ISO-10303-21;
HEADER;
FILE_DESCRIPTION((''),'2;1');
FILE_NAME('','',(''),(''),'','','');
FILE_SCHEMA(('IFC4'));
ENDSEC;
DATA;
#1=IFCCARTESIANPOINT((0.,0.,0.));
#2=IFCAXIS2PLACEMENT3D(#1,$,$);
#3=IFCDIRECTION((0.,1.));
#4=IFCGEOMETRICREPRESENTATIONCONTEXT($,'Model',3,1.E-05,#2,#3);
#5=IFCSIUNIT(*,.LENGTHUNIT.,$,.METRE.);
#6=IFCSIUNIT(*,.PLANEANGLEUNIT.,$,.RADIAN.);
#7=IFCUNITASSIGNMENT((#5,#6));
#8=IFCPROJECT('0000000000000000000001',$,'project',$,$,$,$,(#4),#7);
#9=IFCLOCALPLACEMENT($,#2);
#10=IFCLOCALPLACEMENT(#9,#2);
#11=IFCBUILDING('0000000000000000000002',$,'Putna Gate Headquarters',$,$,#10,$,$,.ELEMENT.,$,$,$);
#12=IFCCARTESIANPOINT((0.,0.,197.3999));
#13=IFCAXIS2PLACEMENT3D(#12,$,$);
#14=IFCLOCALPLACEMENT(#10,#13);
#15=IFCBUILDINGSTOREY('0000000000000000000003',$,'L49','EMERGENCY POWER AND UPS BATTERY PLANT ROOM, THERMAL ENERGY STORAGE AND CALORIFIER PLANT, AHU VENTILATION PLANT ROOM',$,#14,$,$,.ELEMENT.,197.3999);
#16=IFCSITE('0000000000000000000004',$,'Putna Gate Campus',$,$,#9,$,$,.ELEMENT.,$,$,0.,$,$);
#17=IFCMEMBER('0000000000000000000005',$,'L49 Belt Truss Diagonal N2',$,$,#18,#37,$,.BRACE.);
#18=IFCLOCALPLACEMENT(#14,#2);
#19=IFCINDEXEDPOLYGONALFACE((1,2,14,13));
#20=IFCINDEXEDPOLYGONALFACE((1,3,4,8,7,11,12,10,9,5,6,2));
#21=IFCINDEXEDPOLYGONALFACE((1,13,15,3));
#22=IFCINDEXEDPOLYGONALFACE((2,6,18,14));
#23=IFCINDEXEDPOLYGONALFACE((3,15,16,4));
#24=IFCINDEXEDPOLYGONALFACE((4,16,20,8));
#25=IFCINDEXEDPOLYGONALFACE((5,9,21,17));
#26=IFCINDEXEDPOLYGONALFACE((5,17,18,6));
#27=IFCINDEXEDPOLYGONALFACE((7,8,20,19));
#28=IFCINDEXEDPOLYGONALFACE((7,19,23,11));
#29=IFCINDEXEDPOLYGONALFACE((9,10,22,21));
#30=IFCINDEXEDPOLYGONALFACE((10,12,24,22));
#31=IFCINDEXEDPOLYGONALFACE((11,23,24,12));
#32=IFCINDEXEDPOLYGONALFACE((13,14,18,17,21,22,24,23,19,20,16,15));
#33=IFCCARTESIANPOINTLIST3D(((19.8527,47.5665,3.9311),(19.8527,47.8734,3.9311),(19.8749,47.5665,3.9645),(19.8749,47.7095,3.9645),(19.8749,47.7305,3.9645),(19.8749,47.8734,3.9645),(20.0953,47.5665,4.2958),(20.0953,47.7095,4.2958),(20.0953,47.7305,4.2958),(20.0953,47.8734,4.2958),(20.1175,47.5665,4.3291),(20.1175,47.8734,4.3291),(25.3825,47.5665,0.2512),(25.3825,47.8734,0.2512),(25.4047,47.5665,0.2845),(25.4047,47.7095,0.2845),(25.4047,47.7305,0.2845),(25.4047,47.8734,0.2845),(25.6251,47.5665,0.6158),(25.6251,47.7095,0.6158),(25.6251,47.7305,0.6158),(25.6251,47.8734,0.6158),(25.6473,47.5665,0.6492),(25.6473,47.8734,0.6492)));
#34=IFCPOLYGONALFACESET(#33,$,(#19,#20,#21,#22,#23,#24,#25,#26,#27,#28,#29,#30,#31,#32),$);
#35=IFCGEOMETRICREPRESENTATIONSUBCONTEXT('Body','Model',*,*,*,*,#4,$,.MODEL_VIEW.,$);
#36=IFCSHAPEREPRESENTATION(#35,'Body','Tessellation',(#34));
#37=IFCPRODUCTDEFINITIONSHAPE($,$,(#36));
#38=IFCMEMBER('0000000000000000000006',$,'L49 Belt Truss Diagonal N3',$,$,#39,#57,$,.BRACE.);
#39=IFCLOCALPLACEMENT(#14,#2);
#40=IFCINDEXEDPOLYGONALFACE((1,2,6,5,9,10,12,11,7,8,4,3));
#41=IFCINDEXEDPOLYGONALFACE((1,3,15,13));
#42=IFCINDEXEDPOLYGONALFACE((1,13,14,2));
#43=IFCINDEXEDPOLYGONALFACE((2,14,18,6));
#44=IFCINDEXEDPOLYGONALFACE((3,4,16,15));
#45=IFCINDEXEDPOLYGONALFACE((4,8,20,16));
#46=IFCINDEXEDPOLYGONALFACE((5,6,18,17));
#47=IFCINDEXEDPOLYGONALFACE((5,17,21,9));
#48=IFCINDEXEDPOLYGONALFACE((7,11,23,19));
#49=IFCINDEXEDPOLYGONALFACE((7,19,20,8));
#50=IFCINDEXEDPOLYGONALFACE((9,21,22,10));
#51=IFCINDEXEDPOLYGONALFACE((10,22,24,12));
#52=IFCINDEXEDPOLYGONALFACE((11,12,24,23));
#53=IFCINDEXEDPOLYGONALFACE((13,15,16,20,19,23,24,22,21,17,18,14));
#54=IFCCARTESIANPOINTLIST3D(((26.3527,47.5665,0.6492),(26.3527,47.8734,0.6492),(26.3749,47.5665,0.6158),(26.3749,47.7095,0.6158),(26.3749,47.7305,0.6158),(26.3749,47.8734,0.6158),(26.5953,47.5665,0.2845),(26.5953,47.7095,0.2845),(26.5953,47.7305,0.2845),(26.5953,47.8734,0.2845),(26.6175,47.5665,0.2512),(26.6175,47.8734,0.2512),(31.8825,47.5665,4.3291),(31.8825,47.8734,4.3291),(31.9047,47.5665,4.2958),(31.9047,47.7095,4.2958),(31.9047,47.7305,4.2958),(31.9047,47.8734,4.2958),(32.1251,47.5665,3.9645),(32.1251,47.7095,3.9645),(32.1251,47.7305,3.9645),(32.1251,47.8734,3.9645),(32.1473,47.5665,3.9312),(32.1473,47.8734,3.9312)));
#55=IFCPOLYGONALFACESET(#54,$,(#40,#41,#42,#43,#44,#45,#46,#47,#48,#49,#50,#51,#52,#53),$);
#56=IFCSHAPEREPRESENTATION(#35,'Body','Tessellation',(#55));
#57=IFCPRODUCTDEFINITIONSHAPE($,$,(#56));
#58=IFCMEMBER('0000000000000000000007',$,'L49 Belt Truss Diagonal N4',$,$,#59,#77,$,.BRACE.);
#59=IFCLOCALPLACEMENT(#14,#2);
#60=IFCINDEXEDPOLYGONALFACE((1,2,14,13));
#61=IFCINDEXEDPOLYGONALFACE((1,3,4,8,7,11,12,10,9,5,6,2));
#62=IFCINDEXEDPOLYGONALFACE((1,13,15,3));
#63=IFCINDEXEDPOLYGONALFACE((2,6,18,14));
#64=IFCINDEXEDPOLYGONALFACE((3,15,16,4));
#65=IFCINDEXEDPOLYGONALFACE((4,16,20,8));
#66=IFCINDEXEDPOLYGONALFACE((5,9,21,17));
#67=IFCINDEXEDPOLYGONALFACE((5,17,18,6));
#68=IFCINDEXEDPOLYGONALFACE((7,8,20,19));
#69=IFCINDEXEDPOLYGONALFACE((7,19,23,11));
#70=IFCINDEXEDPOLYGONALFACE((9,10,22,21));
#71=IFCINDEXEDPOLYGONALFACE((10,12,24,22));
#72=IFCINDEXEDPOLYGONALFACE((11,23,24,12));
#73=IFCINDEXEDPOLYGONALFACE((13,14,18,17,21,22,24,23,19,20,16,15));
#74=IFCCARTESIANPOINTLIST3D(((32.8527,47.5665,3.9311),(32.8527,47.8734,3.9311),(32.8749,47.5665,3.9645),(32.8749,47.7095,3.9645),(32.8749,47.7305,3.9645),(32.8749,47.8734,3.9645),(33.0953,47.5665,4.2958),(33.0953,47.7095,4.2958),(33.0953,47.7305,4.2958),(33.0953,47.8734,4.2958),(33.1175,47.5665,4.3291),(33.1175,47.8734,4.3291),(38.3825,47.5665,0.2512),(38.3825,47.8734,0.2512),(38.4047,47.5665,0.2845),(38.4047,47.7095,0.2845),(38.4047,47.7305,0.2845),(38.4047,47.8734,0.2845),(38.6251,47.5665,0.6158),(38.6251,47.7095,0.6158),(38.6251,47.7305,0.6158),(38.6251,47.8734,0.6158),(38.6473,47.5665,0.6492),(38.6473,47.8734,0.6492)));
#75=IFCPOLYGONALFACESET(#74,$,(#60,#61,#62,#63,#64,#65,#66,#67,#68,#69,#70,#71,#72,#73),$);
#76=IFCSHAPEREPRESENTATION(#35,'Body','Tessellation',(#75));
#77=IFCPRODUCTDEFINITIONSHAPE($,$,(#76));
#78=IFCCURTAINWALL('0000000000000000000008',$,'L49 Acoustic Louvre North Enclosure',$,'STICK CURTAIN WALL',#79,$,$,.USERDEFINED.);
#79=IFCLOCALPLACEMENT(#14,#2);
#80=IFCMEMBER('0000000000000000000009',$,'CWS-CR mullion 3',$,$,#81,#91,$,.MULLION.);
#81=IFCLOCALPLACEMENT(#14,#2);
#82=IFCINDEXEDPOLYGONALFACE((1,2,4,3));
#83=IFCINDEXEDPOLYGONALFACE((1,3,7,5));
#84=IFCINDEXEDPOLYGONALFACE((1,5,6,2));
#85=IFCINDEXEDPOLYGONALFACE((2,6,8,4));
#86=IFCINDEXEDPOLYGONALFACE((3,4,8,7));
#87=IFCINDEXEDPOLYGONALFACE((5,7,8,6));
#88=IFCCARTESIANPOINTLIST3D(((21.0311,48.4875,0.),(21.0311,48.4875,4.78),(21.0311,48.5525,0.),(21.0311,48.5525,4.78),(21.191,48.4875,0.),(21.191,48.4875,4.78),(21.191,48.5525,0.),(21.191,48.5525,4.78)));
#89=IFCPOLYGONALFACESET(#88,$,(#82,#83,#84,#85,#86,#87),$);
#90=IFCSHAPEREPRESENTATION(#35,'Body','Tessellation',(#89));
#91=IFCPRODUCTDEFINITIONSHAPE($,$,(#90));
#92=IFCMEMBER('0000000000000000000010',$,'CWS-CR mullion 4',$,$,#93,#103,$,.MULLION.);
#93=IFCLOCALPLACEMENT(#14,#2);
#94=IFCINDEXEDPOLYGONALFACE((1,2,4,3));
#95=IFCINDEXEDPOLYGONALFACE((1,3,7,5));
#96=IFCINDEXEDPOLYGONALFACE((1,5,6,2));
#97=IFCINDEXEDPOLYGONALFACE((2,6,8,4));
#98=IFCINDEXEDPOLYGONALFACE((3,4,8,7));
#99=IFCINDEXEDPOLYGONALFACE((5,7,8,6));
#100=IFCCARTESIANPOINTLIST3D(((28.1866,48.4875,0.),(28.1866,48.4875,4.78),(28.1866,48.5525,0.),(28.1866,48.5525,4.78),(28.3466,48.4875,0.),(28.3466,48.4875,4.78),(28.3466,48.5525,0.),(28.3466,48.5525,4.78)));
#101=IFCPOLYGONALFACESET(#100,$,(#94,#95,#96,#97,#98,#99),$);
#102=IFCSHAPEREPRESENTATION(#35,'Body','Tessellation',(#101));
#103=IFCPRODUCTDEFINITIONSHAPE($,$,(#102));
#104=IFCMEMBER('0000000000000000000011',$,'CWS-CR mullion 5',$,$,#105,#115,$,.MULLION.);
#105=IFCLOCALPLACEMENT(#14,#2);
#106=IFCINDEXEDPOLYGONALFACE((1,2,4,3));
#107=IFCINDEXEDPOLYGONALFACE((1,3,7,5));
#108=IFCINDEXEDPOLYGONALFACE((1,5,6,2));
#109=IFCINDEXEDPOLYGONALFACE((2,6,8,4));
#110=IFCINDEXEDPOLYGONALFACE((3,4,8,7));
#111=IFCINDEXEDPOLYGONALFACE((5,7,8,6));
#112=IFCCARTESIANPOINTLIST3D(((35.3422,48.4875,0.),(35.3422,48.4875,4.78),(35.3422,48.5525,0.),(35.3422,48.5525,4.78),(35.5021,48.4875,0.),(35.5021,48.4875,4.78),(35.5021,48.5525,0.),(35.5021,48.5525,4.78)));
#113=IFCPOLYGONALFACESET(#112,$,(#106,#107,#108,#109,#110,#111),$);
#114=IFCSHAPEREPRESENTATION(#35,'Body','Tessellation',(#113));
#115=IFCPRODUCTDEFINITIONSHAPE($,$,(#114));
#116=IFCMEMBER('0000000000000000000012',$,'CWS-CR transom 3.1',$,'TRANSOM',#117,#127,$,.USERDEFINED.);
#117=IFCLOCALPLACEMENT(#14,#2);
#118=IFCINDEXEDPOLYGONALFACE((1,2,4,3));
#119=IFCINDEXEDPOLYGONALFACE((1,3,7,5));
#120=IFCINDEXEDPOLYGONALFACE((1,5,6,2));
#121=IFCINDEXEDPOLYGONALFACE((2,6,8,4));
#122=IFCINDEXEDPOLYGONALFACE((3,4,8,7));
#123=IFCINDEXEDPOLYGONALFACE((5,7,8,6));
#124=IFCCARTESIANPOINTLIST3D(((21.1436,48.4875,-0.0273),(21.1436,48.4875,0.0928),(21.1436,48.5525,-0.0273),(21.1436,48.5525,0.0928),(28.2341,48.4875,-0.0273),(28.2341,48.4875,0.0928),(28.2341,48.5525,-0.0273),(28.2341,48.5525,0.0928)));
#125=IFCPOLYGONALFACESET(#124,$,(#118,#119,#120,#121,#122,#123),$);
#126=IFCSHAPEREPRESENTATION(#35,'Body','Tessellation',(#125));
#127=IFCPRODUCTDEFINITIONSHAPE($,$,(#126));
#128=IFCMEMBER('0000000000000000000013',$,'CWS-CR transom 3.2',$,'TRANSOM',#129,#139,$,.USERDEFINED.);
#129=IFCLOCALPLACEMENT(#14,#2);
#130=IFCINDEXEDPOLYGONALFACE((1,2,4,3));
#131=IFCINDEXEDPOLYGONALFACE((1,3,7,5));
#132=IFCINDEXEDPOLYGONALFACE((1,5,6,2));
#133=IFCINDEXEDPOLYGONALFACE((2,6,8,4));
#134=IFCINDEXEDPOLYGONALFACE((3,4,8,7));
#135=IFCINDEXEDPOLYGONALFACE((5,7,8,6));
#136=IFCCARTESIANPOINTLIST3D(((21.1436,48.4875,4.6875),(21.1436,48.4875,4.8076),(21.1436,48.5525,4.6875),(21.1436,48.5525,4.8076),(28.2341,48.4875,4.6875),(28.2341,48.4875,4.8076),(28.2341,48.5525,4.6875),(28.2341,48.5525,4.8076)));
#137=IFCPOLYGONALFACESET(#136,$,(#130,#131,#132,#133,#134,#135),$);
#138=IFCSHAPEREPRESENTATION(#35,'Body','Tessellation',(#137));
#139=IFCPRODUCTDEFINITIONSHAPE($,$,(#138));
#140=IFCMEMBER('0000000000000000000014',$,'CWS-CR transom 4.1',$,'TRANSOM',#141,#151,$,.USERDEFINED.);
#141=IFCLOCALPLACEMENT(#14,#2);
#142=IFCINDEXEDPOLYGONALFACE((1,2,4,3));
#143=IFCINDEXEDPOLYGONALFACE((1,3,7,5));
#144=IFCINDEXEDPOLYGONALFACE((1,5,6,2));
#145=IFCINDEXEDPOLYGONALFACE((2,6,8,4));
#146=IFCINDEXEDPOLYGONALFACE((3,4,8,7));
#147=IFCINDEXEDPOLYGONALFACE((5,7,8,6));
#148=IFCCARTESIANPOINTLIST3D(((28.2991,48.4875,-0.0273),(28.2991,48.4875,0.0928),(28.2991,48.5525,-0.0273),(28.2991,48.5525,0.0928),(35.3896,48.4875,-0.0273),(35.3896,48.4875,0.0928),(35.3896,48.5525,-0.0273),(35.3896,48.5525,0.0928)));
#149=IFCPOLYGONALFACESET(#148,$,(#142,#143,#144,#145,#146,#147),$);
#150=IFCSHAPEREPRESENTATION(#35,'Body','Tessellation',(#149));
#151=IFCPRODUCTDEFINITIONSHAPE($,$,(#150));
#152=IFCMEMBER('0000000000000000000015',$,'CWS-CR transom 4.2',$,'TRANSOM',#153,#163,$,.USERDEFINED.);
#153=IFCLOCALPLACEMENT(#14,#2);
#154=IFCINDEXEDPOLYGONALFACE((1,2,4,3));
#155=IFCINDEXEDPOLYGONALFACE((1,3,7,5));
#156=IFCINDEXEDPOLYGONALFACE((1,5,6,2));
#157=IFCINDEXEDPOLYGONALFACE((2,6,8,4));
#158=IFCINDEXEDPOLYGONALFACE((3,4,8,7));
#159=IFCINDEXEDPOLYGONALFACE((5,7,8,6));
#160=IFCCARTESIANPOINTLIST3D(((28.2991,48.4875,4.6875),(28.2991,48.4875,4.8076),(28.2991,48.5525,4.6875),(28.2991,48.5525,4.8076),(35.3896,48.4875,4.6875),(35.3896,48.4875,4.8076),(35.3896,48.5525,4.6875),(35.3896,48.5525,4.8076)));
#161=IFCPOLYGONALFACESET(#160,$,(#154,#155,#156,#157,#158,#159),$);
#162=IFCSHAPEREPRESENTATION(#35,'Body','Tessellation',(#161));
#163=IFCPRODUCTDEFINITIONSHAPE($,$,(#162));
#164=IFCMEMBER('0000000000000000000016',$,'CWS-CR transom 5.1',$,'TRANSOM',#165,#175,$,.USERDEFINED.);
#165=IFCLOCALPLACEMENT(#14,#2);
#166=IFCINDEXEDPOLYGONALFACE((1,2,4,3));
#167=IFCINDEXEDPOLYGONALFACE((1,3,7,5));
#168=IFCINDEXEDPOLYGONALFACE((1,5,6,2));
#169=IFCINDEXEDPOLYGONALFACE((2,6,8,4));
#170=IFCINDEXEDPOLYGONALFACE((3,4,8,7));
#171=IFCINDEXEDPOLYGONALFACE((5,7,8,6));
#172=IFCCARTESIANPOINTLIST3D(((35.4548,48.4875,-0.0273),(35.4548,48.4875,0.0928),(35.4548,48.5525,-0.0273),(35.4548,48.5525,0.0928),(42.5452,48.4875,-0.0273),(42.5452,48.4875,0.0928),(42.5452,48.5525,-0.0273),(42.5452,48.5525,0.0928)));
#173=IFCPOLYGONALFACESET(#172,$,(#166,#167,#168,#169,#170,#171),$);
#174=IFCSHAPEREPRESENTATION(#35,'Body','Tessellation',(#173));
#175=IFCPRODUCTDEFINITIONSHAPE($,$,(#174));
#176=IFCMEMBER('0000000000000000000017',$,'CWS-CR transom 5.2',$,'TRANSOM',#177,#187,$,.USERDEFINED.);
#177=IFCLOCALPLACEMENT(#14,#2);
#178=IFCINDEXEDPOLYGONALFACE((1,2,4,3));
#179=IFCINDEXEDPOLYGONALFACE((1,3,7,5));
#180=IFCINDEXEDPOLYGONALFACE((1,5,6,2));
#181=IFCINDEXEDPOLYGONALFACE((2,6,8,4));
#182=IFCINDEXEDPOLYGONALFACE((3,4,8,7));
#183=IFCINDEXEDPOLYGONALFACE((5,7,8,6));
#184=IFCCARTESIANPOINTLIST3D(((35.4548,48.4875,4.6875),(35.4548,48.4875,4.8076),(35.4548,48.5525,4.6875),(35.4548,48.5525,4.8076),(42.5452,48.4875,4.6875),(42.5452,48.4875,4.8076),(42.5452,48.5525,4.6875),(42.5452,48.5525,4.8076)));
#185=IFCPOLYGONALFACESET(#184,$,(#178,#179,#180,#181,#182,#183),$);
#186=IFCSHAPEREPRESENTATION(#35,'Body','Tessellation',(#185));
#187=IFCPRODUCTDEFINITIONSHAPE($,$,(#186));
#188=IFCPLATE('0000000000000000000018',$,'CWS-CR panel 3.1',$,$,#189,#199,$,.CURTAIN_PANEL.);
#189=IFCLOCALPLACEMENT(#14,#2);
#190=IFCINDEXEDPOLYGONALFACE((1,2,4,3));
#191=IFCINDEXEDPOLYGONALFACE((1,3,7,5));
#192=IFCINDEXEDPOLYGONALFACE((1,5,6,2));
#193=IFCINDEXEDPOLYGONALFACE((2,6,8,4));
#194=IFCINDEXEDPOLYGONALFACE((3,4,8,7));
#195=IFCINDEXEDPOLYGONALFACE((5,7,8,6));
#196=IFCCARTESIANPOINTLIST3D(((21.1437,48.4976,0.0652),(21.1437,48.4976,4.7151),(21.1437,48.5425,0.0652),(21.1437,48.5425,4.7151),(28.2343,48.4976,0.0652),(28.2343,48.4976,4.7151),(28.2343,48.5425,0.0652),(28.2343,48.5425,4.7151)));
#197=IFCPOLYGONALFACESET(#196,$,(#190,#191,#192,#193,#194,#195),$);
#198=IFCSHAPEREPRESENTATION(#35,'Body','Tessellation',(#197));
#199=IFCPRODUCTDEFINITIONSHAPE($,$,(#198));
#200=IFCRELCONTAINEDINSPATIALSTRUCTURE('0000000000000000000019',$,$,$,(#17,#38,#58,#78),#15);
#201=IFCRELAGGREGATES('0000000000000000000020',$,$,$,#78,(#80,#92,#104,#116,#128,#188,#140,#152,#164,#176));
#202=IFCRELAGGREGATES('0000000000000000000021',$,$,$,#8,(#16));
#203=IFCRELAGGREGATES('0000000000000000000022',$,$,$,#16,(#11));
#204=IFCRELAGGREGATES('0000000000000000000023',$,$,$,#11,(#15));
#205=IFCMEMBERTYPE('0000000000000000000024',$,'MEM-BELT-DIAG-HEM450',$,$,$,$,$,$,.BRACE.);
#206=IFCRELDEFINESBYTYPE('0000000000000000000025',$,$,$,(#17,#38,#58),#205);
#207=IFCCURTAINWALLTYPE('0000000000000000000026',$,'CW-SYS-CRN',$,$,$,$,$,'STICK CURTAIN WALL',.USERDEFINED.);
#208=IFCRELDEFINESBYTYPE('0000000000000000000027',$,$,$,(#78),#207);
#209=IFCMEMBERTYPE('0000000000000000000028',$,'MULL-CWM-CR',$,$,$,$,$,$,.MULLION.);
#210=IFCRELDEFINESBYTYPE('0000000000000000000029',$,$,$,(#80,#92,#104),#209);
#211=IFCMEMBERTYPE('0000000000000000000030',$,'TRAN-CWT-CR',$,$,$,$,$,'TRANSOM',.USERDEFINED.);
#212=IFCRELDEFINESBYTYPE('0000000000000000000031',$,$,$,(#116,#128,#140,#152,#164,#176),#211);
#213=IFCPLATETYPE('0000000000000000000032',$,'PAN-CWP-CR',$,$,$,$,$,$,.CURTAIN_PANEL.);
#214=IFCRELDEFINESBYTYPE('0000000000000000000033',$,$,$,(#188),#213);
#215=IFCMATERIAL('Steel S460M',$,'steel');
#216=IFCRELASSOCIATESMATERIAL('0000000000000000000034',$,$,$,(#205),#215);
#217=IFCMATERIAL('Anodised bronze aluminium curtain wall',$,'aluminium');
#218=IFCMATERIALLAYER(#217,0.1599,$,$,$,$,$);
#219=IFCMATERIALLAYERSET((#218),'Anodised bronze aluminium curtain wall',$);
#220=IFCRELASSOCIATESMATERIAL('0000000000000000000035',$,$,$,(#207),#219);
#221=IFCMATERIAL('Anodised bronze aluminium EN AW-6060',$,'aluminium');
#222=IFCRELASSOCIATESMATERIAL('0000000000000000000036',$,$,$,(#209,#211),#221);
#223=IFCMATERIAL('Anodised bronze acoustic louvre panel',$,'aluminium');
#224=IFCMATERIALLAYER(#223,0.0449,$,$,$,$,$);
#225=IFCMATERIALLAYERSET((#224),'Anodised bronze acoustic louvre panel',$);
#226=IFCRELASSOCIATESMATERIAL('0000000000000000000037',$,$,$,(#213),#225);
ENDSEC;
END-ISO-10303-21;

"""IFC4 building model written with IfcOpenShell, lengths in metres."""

from ifc_helpers import new_model, si_unit, direction, frame, origin, origin_2d, place, context, subcontext, project, spatial, rectangle, i_section, extrude, material, layer, layer_set, material_profile, profile_set, type_object, element, aggregate, save


model = new_model("IFC4")

# Units and contexts
model_context = context("Model", 3, precision=1e-05, world=origin(), true_north=direction((0.0, 1.0)))
body_context = subcontext(model_context, "Body", "Model", "MODEL_VIEW")
ifc_project = project(units=[si_unit("LENGTHUNIT", "METRE"), si_unit("PLANEANGLEUNIT", "RADIAN")], contexts=[model_context])

# Site, building, storey
site_placement = place(None, origin())
site = spatial("IfcSite", under=ifc_project, at=site_placement, Name="Putna Gate Campus", CompositionType="ELEMENT", RefElevation=0.0)
building_placement = place(site_placement, origin())
building = spatial("IfcBuilding", under=site, at=building_placement, Name="Putna Gate Headquarters", CompositionType="ELEMENT")
storey_placement = place(building_placement, frame((0.0, 0.0, 197.3999)))
storey = spatial("IfcBuildingStorey", under=building, at=storey_placement, Name="L49", Description="EMERGENCY POWER AND UPS BATTERY PLANT ROOM, THERMAL ENERGY STORAGE AND CALORIFIER PLANT, AHU VENTILATION PLANT ROOM", CompositionType="ELEMENT", Elevation=197.3999)

# Members
ifc_material_1 = material(Name="Steel S460M", Category="steel")
ifc_material_profile_1 = material_profile(ifc_material_1, i_section(OverallWidth=0.3069, OverallDepth=0.478, WebThickness=0.021, FlangeThickness=0.04, at=origin_2d()), Name="Steel S460M")
ifc_profile_set_1 = profile_set([ifc_material_profile_1], Name="Steel S460M")
member_type_1 = type_object("IfcMemberType", Name="MEM-BELT-DIAG-HEM450", PredefinedType="BRACE", material=ifc_profile_set_1)
for number, where, z_axis, x_axis, name in (
    (1, (19.9851, 47.72, 4.1301), (0.832508, 0.0, -0.554013), (0.0, 1.0, 0.0), "L49 Belt Truss Diagonal N2"),
    (2, (26.4851, 47.72, 0.4502), (0.832508, 0.0, 0.554013), (0.0, 1.0, 0.0), "L49 Belt Truss Diagonal N3"),
    (3, (32.9851, 47.72, 4.1301), (0.832508, 0.0, -0.554013), (0.0, 1.0, 0.0), "L49 Belt Truss Diagonal N4"),
):
    element("IfcMember", number, at=place(storey_placement, frame(where, z_axis=z_axis, x_axis=x_axis)), inside=storey, type_object=member_type_1, Name=name, PredefinedType="BRACE", context=body_context, shape_type="SweptSolid", body=[
        extrude(i_section(OverallWidth=0.3069, OverallDepth=0.478, WebThickness=0.021, FlangeThickness=0.04, at=origin_2d()), origin(), (0.0, 0.0, 1.0), 6.6423),
    ])

# Curtain wall, members, plate
ifc_material_2 = material(Name="Anodised bronze aluminium curtain wall", Category="aluminium")
ifc_layer_1 = layer(ifc_material_2, 0.1599)
ifc_layer_set_1 = layer_set([ifc_layer_1], Name="Anodised bronze aluminium curtain wall")
curtain_wall_type = type_object("IfcCurtainWallType", Name="CW-SYS-CRN", ElementType="STICK CURTAIN WALL", PredefinedType="USERDEFINED", material=ifc_layer_set_1)
curtain_wall_placement = place(storey_placement, origin())
curtain_wall = element("IfcCurtainWall", 4, at=curtain_wall_placement, inside=storey, type_object=curtain_wall_type, Name="L49 Acoustic Louvre North Enclosure", ObjectType="STICK CURTAIN WALL", PredefinedType="USERDEFINED")
ifc_material_3 = material(Name="Anodised bronze aluminium EN AW-6060", Category="aluminium")
ifc_material_profile_2 = material_profile(ifc_material_3, rectangle(XDim=0.0649, YDim=0.1599, at=origin_2d()), Name="Anodised bronze aluminium EN AW-6060")
ifc_profile_set_2 = profile_set([ifc_material_profile_2], Name="Anodised bronze aluminium EN AW-6060")
member_type_2 = type_object("IfcMemberType", Name="MULL-CWM-CR", PredefinedType="MULLION", material=ifc_profile_set_2)
member_1_placement = place(storey_placement, frame((21.1111, 48.52, 0.0), z_axis=(0.0, 0.0, 1.0), x_axis=(0.0, 1.0, 0.0)))
member_1 = element("IfcMember", 5, at=member_1_placement, type_object=member_type_2, Name="CWS-CR mullion 3", PredefinedType="MULLION", context=body_context, shape_type="SweptSolid", body=[
    extrude(rectangle(XDim=0.0649, YDim=0.1599, at=origin_2d()), origin(), (0.0, 0.0, 1.0), 4.78),
])
member_2_placement = place(storey_placement, frame((28.2666, 48.52, 0.0), z_axis=(0.0, 0.0, 1.0), x_axis=(0.0, 1.0, 0.0)))
member_2 = element("IfcMember", 6, at=member_2_placement, type_object=member_type_2, Name="CWS-CR mullion 4", PredefinedType="MULLION", context=body_context, shape_type="SweptSolid", body=[
    extrude(rectangle(XDim=0.0649, YDim=0.1599, at=origin_2d()), origin(), (0.0, 0.0, 1.0), 4.78),
])
member_3_placement = place(storey_placement, frame((35.4221, 48.52, 0.0), z_axis=(0.0, 0.0, 1.0), x_axis=(0.0, 1.0, 0.0)))
member_3 = element("IfcMember", 7, at=member_3_placement, type_object=member_type_2, Name="CWS-CR mullion 5", PredefinedType="MULLION", context=body_context, shape_type="SweptSolid", body=[
    extrude(rectangle(XDim=0.0649, YDim=0.1599, at=origin_2d()), origin(), (0.0, 0.0, 1.0), 4.78),
])
ifc_material_profile_3 = material_profile(ifc_material_3, rectangle(XDim=0.0649, YDim=0.1201, at=origin_2d()), Name="Anodised bronze aluminium EN AW-6060")
ifc_profile_set_3 = profile_set([ifc_material_profile_3], Name="Anodised bronze aluminium EN AW-6060")
member_type_3 = type_object("IfcMemberType", Name="TRAN-CWT-CR", ElementType="TRANSOM", PredefinedType="USERDEFINED", material=ifc_profile_set_3)
member_4_placement = place(storey_placement, frame((21.1436, 48.52, 0.0327), z_axis=(1.0, 0.0, 0.0), x_axis=(0.0, 1.0, 0.0)))
member_4 = element("IfcMember", 8, at=member_4_placement, type_object=member_type_3, Name="CWS-CR transom 3.1", ObjectType="TRANSOM", PredefinedType="USERDEFINED", context=body_context, shape_type="SweptSolid", body=[
    extrude(rectangle(XDim=0.0649, YDim=0.1201, at=origin_2d()), origin(), (0.0, 0.0, 1.0), 7.0906),
])
member_5_placement = place(storey_placement, frame((21.1436, 48.52, 4.7476), z_axis=(1.0, 0.0, 0.0), x_axis=(0.0, 1.0, 0.0)))
member_5 = element("IfcMember", 9, at=member_5_placement, type_object=member_type_3, Name="CWS-CR transom 3.2", ObjectType="TRANSOM", PredefinedType="USERDEFINED", context=body_context, shape_type="SweptSolid", body=[
    extrude(rectangle(XDim=0.0649, YDim=0.1201, at=origin_2d()), origin(), (0.0, 0.0, 1.0), 7.0906),
])
member_6_placement = place(storey_placement, frame((28.2991, 48.52, 0.0327), z_axis=(1.0, 0.0, 0.0), x_axis=(0.0, 1.0, 0.0)))
member_6 = element("IfcMember", 10, at=member_6_placement, type_object=member_type_3, Name="CWS-CR transom 4.1", ObjectType="TRANSOM", PredefinedType="USERDEFINED", context=body_context, shape_type="SweptSolid", body=[
    extrude(rectangle(XDim=0.0649, YDim=0.1201, at=origin_2d()), origin(), (0.0, 0.0, 1.0), 7.0906),
])
member_7_placement = place(storey_placement, frame((28.2991, 48.52, 4.7476), z_axis=(1.0, 0.0, 0.0), x_axis=(0.0, 1.0, 0.0)))
member_7 = element("IfcMember", 11, at=member_7_placement, type_object=member_type_3, Name="CWS-CR transom 4.2", ObjectType="TRANSOM", PredefinedType="USERDEFINED", context=body_context, shape_type="SweptSolid", body=[
    extrude(rectangle(XDim=0.0649, YDim=0.1201, at=origin_2d()), origin(), (0.0, 0.0, 1.0), 7.0906),
])
member_8_placement = place(storey_placement, frame((35.4548, 48.52, 0.0327), z_axis=(1.0, 0.0, 0.0), x_axis=(0.0, 1.0, 0.0)))
member_8 = element("IfcMember", 12, at=member_8_placement, type_object=member_type_3, Name="CWS-CR transom 5.1", ObjectType="TRANSOM", PredefinedType="USERDEFINED", context=body_context, shape_type="SweptSolid", body=[
    extrude(rectangle(XDim=0.0649, YDim=0.1201, at=origin_2d()), origin(), (0.0, 0.0, 1.0), 7.0903),
])
member_9_placement = place(storey_placement, frame((35.4548, 48.52, 4.7476), z_axis=(1.0, 0.0, 0.0), x_axis=(0.0, 1.0, 0.0)))
member_9 = element("IfcMember", 13, at=member_9_placement, type_object=member_type_3, Name="CWS-CR transom 5.2", ObjectType="TRANSOM", PredefinedType="USERDEFINED", context=body_context, shape_type="SweptSolid", body=[
    extrude(rectangle(XDim=0.0649, YDim=0.1201, at=origin_2d()), origin(), (0.0, 0.0, 1.0), 7.0903),
])
ifc_material_4 = material(Name="Anodised bronze acoustic louvre panel", Category="aluminium")
ifc_layer_2 = layer(ifc_material_4, 0.0449)
ifc_layer_set_2 = layer_set([ifc_layer_2], Name="Anodised bronze acoustic louvre panel")
plate_type_1 = type_object("IfcPlateType", Name="PAN-CWP-CR", PredefinedType="CURTAIN_PANEL", material=ifc_layer_set_2)
plate_1_placement = place(storey_placement, frame((24.689, 48.52, 0.0652), z_axis=(0.0, 0.0, 1.0), x_axis=(1.0, 0.0, 0.0)))
plate_1 = element("IfcPlate", 14, at=plate_1_placement, type_object=plate_type_1, Name="CWS-CR panel 3.1", PredefinedType="CURTAIN_PANEL", context=body_context, shape_type="SweptSolid", body=[
    extrude(rectangle(XDim=7.0906, YDim=0.0449, at=origin_2d()), origin(), (0.0, 0.0, 1.0), 4.6499),
])
aggregate(curtain_wall, [member_1, member_2, member_3, member_4, member_5, plate_1, member_6, member_7, member_8, member_9])

save(model, "model.ifc")
